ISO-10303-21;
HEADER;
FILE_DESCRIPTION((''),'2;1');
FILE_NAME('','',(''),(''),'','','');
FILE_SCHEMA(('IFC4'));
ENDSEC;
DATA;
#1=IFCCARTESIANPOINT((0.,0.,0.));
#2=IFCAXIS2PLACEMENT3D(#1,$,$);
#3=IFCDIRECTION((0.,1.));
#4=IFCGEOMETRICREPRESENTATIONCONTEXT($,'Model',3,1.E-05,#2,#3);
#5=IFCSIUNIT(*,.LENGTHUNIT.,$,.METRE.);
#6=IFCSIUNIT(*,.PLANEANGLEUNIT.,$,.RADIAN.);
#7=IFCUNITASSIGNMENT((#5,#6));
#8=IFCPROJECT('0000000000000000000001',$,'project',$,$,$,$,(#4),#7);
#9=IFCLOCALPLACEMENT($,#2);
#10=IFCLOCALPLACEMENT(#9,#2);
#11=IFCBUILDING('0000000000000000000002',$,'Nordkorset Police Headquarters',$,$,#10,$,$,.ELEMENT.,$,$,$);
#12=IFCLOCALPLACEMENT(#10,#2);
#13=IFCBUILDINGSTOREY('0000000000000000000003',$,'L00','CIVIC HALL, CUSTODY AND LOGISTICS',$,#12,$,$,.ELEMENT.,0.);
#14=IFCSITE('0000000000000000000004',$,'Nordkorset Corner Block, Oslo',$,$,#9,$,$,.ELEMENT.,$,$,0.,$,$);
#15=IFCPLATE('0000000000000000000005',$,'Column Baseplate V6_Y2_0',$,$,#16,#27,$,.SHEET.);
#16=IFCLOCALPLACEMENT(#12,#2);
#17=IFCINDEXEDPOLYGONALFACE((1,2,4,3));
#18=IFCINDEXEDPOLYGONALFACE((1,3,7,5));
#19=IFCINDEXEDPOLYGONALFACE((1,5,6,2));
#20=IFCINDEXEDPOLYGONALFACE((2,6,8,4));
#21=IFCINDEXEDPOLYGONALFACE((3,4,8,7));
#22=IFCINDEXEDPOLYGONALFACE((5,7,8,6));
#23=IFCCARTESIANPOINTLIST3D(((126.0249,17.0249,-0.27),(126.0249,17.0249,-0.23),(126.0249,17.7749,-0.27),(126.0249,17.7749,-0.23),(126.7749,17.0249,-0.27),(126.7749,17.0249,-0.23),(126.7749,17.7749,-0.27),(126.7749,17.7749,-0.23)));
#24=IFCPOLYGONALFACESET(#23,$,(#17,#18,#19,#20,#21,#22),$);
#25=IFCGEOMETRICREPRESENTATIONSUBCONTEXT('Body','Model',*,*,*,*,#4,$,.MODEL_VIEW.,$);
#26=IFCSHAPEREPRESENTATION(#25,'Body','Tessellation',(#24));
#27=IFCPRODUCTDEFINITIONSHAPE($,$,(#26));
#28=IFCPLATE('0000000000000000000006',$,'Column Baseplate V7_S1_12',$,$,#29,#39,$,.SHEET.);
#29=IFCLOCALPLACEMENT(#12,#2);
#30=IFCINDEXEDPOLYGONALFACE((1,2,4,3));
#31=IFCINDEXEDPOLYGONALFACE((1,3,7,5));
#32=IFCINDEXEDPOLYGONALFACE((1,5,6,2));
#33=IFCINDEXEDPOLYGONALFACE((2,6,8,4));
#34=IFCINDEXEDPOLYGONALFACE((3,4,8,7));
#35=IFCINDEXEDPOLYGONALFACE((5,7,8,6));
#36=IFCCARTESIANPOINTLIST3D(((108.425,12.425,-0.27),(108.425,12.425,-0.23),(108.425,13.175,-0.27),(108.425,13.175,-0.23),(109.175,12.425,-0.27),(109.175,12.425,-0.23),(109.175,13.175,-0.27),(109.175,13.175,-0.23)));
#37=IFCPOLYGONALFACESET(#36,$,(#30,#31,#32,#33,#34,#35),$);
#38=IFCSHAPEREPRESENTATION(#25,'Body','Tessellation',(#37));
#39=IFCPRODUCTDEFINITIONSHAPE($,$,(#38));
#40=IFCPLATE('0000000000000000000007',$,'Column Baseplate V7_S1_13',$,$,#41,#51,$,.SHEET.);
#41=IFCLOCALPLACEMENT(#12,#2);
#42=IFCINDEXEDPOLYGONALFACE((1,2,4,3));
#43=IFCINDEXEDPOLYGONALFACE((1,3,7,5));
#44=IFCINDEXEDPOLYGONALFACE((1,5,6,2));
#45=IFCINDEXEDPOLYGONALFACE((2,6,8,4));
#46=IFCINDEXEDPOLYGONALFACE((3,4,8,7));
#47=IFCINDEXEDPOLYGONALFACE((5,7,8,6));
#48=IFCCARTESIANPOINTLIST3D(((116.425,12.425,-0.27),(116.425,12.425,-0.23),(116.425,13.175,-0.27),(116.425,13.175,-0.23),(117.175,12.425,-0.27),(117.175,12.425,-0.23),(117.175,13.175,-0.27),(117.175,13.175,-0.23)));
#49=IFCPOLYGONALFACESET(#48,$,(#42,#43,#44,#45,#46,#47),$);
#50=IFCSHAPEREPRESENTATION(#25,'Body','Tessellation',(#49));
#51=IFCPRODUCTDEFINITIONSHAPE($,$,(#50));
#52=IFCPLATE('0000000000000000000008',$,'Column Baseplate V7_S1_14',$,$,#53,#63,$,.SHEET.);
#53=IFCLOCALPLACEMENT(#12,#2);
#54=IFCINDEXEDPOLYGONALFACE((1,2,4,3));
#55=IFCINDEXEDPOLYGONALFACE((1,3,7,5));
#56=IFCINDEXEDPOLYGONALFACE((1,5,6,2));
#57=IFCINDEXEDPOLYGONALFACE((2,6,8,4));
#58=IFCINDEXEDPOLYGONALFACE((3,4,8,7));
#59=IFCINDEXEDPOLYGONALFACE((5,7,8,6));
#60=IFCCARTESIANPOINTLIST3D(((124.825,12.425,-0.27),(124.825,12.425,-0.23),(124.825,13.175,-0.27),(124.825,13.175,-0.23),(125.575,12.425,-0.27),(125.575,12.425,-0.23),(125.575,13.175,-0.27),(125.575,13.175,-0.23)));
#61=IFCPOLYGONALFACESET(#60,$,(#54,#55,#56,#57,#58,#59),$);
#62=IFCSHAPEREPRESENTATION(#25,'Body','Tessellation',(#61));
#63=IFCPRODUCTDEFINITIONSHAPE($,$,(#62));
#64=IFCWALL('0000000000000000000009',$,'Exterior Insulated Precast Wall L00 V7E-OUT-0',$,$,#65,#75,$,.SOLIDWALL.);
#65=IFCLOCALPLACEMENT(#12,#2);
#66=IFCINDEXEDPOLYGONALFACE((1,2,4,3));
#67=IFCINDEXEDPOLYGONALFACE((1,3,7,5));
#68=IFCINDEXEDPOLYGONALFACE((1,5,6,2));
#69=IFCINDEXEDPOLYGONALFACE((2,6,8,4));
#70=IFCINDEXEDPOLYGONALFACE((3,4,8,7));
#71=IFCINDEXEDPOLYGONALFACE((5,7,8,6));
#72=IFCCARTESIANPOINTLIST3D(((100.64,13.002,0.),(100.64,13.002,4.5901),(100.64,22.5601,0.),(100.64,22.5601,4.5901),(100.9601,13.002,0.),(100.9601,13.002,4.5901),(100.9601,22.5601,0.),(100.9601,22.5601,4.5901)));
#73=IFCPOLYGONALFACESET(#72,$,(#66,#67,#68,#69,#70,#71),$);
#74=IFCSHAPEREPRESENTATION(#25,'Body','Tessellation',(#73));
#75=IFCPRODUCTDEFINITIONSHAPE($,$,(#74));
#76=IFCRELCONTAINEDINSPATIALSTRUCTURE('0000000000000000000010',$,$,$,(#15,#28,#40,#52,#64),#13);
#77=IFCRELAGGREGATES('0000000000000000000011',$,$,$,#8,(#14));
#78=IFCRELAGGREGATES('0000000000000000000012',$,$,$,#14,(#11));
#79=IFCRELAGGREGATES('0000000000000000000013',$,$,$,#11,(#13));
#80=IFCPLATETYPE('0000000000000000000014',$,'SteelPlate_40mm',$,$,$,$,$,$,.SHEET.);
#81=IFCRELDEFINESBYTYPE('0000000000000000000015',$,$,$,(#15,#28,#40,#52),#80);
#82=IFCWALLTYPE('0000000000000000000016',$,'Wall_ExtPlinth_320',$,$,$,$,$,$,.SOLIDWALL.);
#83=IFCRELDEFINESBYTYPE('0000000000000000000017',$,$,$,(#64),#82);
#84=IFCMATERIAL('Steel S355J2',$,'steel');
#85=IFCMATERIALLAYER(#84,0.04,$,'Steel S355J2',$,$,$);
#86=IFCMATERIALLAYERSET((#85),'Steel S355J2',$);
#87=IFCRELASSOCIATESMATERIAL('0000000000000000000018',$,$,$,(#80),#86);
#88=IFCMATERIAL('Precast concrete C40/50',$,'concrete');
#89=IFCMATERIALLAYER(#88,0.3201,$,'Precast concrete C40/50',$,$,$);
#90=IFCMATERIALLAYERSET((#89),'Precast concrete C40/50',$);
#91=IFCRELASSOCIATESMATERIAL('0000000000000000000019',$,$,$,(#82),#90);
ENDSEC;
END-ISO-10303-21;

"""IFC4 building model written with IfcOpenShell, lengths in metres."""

from ifc_helpers import new_model, si_unit, direction, frame, frame_2d, origin, origin_2d, place, context, subcontext, project, spatial, rectangle, extrude, material, layer, layer_set, type_object, element, save


model = new_model("IFC4")

# Units and contexts
model_context = context("Model", 3, precision=1e-05, world=origin(), true_north=direction((0.0, 1.0)))
body_context = subcontext(model_context, "Body", "Model", "MODEL_VIEW")
ifc_project = project(units=[si_unit("LENGTHUNIT", "METRE"), si_unit("PLANEANGLEUNIT", "RADIAN")], contexts=[model_context])

# Site, building, storey
site_placement = place(None, origin())
site = spatial("IfcSite", under=ifc_project, at=site_placement, Name="Nordkorset Corner Block, Oslo", CompositionType="ELEMENT", RefElevation=0.0)
building_placement = place(site_placement, origin())
building = spatial("IfcBuilding", under=site, at=building_placement, Name="Nordkorset Police Headquarters", CompositionType="ELEMENT")
storey_placement = place(building_placement, origin())
storey = spatial("IfcBuildingStorey", under=building, at=storey_placement, Name="L00", Description="CIVIC HALL, CUSTODY AND LOGISTICS", CompositionType="ELEMENT", Elevation=0.0)

# Plates
ifc_material_1 = material(Name="Steel S355J2", Category="steel")
ifc_layer_1 = layer(ifc_material_1, 0.04, Name="Steel S355J2")
ifc_layer_set_1 = layer_set([ifc_layer_1], Name="Steel S355J2")
plate_type = type_object("IfcPlateType", Name="SteelPlate_40mm", PredefinedType="SHEET", material=ifc_layer_set_1)
for number, where, z_axis, x_axis, name in (
    (1, (126.3999, 17.3999, -0.27), (0.0, 0.0, 1.0), (1.0, 0.0, 0.0), "Column Baseplate V6_Y2_0"),
    (2, (108.8, 12.8, -0.27), (0.0, 0.0, 1.0), (1.0, 0.0, 0.0), "Column Baseplate V7_S1_12"),
    (3, (116.8, 12.8, -0.27), (0.0, 0.0, 1.0), (1.0, 0.0, 0.0), "Column Baseplate V7_S1_13"),
    (4, (125.2, 12.8, -0.27), (0.0, 0.0, 1.0), (1.0, 0.0, 0.0), "Column Baseplate V7_S1_14"),
):
    element("IfcPlate", number, at=place(storey_placement, frame(where, z_axis=z_axis, x_axis=x_axis)), inside=storey, type_object=plate_type, Name=name, PredefinedType="SHEET", context=body_context, shape_type="SweptSolid", body=[
        extrude(rectangle(XDim=0.75, YDim=0.75, at=origin_2d()), origin(), (0.0, 0.0, 1.0), 0.04),
    ])

# Wall
ifc_material_2 = material(Name="Precast concrete C40/50", Category="concrete")
ifc_layer_2 = layer(ifc_material_2, 0.3201, Name="Precast concrete C40/50")
ifc_layer_set_2 = layer_set([ifc_layer_2], Name="Precast concrete C40/50")
wall_type = type_object("IfcWallType", Name="Wall_ExtPlinth_320", PredefinedType="SOLIDWALL", material=ifc_layer_set_2)
wall_placement = place(storey_placement, frame((100.8, 13.002, 0.0), z_axis=(0.0, 0.0, 1.0), x_axis=(0.0, 1.0, 0.0)))
element("IfcWall", 5, at=wall_placement, inside=storey, type_object=wall_type, Name="Exterior Insulated Precast Wall L00 V7E-OUT-0", PredefinedType="SOLIDWALL", context=body_context, shape_type="SweptSolid", body=[
    extrude(rectangle(XDim=9.5581, YDim=0.3201, at=frame_2d((4.7791, 0.0))), origin(), (0.0, 0.0, 1.0), 4.5901),
])

save(model, "model.ifc")
